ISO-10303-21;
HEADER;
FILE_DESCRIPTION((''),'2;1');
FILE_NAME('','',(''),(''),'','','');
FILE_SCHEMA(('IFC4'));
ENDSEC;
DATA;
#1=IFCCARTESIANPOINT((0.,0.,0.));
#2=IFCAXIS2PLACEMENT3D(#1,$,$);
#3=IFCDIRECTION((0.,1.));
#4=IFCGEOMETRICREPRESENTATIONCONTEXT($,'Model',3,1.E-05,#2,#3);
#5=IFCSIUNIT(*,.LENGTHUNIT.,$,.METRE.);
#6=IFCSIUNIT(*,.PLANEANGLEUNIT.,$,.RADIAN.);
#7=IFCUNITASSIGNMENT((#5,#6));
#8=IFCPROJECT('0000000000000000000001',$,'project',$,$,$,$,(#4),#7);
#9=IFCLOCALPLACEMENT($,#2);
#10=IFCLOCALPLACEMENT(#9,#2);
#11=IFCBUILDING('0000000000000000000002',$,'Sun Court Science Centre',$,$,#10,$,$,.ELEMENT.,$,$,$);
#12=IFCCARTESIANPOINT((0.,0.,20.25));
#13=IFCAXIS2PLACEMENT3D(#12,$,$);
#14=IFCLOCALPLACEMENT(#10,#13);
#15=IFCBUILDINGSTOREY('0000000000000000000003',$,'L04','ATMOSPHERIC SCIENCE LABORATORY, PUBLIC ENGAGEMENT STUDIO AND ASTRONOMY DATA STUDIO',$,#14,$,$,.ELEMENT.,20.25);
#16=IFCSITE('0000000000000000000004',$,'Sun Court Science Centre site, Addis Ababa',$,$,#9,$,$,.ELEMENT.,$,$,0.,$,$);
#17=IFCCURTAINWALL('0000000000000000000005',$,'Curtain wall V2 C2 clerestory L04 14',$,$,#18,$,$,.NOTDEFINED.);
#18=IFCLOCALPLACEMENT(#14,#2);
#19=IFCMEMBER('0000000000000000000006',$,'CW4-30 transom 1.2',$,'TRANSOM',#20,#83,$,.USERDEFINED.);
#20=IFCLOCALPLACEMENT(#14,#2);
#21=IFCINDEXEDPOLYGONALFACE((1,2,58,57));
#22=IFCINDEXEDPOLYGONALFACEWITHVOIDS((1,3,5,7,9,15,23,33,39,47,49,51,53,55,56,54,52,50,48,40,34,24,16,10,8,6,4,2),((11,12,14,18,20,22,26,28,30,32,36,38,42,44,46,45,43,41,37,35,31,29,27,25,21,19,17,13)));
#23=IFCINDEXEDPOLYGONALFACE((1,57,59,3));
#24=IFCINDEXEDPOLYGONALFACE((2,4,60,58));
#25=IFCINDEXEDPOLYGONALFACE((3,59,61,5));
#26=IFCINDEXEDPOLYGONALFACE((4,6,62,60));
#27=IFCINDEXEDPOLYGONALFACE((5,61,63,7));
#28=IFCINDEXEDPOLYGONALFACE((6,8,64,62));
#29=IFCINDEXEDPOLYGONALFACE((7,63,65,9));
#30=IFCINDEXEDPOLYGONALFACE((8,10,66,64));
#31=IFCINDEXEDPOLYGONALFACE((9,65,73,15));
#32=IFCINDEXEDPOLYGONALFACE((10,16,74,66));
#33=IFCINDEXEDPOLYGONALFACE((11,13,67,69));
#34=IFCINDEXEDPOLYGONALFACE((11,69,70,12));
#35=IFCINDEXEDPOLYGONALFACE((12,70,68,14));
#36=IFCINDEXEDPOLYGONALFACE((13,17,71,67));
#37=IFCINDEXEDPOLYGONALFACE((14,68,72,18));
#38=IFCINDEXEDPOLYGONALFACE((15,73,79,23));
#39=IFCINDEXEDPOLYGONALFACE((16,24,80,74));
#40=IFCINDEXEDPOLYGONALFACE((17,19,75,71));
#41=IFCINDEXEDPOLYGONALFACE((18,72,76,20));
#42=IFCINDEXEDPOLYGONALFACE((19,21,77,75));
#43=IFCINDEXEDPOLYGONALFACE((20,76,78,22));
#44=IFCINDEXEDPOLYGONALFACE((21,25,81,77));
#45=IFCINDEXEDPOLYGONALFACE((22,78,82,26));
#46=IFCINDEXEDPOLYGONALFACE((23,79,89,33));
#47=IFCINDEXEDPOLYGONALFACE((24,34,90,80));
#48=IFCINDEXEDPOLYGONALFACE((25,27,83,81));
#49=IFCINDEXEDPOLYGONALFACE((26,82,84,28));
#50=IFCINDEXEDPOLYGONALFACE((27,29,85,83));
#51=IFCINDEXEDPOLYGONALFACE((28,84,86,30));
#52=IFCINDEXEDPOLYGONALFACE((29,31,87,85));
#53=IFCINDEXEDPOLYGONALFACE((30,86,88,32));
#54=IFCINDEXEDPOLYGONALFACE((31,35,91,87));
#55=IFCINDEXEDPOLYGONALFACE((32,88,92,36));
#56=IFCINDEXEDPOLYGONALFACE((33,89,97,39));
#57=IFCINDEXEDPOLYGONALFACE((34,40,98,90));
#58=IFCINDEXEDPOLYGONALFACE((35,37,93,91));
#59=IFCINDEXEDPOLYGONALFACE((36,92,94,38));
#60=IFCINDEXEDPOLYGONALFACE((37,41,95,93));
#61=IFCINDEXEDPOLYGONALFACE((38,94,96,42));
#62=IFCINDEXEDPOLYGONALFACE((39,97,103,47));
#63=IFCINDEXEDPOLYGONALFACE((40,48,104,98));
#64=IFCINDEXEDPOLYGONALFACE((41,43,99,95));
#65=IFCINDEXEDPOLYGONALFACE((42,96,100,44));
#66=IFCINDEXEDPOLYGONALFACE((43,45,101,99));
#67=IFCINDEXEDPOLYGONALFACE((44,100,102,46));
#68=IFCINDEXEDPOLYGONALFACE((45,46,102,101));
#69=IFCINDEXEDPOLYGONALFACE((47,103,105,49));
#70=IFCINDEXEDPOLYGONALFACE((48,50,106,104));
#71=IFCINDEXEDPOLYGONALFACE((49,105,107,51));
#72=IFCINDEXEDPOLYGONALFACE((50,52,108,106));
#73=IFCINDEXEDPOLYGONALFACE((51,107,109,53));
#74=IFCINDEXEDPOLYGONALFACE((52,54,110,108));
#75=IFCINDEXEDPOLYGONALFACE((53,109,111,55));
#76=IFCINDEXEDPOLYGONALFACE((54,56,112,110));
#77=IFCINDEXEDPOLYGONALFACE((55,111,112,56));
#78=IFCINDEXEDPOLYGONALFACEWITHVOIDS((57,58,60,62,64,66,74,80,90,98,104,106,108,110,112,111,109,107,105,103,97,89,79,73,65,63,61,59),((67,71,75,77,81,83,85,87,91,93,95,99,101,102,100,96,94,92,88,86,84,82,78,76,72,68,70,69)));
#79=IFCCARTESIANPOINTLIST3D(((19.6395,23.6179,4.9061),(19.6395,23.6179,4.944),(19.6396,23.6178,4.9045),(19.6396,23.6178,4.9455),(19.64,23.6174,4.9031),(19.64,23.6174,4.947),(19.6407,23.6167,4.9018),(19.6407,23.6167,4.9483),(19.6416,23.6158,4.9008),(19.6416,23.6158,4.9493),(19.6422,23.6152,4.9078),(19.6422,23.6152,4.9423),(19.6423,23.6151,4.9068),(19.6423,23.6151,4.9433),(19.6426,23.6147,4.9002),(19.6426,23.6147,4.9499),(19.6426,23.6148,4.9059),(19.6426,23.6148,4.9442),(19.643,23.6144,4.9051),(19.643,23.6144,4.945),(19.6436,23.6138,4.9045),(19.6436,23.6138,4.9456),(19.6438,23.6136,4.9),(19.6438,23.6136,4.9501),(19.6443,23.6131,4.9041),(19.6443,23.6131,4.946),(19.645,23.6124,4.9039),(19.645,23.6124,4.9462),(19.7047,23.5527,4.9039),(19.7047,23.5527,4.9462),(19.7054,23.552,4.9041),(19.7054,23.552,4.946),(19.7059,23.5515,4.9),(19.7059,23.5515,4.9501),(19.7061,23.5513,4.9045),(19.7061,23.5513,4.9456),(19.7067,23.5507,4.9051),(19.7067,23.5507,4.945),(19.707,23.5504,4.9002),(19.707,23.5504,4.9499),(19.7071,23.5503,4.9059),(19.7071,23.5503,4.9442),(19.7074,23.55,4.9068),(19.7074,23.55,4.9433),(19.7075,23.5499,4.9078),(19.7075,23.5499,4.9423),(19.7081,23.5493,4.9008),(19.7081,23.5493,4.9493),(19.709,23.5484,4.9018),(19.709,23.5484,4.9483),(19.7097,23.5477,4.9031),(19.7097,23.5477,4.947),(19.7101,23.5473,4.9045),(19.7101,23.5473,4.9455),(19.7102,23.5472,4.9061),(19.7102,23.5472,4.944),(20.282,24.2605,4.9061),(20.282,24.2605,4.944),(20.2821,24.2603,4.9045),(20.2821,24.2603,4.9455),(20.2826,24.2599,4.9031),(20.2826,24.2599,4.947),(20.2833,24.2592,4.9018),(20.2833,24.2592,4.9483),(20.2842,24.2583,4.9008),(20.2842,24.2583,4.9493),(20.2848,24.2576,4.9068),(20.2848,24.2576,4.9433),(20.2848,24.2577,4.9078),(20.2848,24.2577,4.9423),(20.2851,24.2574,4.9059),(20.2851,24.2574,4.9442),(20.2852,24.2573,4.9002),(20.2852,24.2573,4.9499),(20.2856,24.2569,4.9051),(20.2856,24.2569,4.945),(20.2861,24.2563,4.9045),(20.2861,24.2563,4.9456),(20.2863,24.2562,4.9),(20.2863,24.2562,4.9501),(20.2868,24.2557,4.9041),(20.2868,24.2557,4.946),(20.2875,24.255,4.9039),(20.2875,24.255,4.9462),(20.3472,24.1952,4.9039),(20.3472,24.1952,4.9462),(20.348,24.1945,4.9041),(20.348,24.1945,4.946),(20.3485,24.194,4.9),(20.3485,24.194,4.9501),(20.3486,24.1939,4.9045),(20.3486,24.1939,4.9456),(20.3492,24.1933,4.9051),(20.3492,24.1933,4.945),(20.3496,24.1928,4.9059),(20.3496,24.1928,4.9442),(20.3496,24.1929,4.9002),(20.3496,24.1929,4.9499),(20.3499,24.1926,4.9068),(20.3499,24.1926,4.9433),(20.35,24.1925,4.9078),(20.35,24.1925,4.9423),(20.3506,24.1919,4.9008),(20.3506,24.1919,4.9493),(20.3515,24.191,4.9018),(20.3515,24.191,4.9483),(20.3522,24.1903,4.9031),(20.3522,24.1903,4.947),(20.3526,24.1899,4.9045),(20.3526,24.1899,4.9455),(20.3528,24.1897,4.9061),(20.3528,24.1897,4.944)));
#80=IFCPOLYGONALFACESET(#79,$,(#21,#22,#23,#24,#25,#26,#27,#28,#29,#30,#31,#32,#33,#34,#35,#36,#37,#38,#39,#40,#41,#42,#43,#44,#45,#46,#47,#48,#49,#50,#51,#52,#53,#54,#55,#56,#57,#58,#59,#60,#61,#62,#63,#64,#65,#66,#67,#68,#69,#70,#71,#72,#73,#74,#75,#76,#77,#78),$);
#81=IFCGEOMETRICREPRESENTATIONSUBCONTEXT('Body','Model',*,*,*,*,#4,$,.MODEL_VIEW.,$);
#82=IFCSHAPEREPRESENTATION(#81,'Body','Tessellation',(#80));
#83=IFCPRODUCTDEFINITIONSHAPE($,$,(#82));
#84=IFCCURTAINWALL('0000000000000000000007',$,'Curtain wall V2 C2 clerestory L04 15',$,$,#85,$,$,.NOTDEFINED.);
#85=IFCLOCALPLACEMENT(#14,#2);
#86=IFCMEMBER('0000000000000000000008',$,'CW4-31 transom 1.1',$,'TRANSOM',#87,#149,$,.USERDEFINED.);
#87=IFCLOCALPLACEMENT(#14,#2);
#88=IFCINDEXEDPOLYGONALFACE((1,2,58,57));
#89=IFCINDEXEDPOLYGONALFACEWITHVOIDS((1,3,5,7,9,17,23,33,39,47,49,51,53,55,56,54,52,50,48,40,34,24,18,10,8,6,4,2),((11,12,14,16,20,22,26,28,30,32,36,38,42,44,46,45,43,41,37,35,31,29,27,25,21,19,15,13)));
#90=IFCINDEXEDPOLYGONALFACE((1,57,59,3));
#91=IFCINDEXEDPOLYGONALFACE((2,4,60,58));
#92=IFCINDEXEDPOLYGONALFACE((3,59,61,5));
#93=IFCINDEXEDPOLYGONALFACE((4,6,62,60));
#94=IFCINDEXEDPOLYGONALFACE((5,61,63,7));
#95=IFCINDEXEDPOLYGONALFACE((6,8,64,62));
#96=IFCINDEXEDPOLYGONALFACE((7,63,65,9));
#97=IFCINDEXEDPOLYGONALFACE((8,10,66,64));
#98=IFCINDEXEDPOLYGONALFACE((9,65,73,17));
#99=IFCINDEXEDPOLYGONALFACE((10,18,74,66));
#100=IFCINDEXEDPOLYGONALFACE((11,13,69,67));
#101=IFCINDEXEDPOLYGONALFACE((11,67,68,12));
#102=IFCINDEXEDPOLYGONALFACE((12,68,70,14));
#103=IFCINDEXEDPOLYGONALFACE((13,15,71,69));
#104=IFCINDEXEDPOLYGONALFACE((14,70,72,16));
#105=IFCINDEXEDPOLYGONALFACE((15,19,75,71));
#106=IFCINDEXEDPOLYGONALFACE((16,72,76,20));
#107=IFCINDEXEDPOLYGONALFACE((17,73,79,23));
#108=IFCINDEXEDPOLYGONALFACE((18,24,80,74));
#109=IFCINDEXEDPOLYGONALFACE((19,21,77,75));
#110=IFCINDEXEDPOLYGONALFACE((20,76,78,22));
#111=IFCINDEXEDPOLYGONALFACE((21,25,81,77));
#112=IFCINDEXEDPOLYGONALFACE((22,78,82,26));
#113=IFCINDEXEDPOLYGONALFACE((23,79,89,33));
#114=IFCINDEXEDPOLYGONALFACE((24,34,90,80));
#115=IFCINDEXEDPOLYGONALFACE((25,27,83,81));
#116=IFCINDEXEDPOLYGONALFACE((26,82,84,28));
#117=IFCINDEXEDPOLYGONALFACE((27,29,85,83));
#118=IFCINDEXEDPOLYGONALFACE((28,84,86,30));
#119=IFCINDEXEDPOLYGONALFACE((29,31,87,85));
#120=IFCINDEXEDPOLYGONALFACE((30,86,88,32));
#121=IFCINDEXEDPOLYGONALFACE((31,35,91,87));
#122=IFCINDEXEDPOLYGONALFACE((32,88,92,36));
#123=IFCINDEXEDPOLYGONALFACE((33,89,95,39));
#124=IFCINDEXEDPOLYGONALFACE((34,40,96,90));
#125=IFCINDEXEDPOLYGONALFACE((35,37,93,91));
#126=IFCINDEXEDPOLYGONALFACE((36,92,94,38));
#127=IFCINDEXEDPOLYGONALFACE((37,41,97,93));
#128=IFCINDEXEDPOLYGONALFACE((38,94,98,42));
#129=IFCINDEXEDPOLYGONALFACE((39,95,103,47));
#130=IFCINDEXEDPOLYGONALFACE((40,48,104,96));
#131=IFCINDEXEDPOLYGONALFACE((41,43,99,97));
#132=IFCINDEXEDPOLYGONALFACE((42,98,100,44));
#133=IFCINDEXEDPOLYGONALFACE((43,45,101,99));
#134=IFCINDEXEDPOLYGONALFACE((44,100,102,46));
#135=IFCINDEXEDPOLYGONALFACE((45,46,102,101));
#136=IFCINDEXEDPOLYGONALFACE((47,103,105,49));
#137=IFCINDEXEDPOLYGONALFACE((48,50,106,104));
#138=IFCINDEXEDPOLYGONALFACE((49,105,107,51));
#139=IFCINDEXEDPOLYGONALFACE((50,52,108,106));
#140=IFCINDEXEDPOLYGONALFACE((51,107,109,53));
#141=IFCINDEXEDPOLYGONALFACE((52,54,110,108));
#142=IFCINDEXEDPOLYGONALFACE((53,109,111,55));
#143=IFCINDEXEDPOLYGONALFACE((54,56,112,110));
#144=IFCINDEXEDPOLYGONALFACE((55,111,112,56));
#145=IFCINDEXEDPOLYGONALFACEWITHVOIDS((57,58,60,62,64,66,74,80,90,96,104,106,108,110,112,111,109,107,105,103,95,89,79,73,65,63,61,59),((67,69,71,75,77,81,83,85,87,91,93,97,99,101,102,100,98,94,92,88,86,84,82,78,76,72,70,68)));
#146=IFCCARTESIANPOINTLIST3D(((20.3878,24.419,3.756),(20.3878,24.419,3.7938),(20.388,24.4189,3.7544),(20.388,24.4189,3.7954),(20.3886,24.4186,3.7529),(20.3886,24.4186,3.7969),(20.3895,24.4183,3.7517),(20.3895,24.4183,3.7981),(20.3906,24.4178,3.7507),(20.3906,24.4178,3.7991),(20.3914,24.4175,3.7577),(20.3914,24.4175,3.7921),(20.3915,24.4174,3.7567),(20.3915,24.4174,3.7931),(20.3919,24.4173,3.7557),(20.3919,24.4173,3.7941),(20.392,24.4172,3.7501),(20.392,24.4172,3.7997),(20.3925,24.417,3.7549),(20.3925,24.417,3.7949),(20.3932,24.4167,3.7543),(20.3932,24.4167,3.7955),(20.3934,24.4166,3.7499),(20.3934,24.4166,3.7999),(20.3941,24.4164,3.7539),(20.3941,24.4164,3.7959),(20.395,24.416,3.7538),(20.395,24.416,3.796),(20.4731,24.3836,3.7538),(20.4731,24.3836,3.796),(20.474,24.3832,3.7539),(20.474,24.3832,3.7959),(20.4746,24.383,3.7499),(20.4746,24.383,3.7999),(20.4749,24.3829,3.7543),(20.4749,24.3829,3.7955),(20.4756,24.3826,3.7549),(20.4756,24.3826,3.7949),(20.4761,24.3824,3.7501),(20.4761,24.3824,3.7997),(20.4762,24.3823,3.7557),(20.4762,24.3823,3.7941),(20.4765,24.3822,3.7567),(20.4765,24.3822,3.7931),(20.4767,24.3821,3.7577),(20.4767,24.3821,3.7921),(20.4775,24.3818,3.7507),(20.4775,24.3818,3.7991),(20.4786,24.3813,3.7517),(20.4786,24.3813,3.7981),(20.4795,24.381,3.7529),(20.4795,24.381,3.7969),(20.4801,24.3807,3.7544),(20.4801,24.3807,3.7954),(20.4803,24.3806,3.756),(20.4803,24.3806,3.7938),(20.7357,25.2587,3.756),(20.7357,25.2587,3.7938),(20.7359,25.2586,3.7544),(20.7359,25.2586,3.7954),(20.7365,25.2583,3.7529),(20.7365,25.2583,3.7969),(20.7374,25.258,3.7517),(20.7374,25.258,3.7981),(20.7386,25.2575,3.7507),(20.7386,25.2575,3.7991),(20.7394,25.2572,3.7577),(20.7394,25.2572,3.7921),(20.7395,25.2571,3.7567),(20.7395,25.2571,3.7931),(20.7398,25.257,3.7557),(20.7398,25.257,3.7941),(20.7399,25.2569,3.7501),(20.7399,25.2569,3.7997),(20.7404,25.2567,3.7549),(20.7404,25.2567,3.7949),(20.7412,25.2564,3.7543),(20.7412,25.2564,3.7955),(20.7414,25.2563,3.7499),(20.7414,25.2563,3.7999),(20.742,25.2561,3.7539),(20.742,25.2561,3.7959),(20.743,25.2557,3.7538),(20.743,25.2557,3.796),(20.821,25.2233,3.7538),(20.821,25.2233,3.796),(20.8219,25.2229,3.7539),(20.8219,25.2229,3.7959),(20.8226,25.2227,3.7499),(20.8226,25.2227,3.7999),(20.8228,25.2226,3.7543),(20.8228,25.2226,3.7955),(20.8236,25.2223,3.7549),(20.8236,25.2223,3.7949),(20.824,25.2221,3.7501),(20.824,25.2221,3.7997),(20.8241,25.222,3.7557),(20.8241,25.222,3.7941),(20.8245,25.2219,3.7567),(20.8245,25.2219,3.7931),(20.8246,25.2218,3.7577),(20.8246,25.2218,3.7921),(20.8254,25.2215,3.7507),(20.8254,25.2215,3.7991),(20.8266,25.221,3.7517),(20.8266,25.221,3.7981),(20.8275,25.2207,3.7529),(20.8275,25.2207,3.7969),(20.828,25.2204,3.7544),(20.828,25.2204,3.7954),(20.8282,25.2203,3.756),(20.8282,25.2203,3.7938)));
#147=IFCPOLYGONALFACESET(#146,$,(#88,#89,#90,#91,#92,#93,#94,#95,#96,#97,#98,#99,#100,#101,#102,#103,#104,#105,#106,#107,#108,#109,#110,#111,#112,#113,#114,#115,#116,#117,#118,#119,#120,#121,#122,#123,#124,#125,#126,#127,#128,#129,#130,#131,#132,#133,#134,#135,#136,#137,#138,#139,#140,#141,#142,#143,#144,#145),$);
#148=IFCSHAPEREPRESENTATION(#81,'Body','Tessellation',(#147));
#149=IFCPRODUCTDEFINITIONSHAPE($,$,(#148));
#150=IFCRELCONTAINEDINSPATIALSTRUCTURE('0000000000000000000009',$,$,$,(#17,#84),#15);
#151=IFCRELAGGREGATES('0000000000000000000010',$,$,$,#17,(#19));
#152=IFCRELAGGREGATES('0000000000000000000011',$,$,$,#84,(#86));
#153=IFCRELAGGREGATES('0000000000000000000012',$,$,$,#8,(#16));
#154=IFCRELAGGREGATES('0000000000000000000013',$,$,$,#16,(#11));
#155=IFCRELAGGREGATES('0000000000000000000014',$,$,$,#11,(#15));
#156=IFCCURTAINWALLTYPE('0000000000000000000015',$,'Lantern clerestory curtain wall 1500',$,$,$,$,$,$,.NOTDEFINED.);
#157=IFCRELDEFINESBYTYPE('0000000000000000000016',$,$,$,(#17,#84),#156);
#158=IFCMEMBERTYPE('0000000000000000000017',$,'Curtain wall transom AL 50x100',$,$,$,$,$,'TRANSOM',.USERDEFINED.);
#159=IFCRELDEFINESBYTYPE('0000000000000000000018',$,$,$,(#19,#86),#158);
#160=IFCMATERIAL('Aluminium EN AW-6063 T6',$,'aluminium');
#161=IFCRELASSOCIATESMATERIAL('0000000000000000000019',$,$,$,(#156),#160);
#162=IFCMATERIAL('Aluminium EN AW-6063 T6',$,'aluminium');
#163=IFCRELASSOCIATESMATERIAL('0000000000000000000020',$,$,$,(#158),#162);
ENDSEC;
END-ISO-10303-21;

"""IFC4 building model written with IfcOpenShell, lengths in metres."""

from ifc_helpers import new_model, si_unit, direction, frame, origin, origin_2d, place, context, subcontext, project, spatial, hollow_rectangle, extrude, material, material_profile, profile_set, type_object, element, aggregate, save


model = new_model("IFC4")

# Units and contexts
model_context = context("Model", 3, precision=1e-05, world=origin(), true_north=direction((0.0, 1.0)))
body_context = subcontext(model_context, "Body", "Model", "MODEL_VIEW")
ifc_project = project(units=[si_unit("LENGTHUNIT", "METRE"), si_unit("PLANEANGLEUNIT", "RADIAN")], contexts=[model_context])

# Site, building, storey
site_placement = place(None, origin())
site = spatial("IfcSite", under=ifc_project, at=site_placement, Name="Sun Court Science Centre site, Addis Ababa", CompositionType="ELEMENT", RefElevation=0.0)
building_placement = place(site_placement, origin())
building = spatial("IfcBuilding", under=site, at=building_placement, Name="Sun Court Science Centre", CompositionType="ELEMENT")
storey_placement = place(building_placement, frame((0.0, 0.0, 20.25)))
storey = spatial("IfcBuildingStorey", under=building, at=storey_placement, Name="L04", Description="ATMOSPHERIC SCIENCE LABORATORY, PUBLIC ENGAGEMENT STUDIO AND ASTRONOMY DATA STUDIO", CompositionType="ELEMENT", Elevation=20.25)

# Shared definitions
ifc_material_1 = material(Name="Aluminium EN AW-6063 T6", Category="aluminium")
curtain_wall_type = type_object("IfcCurtainWallType", Name="Lantern clerestory curtain wall 1500", PredefinedType="NOTDEFINED", material=ifc_material_1)

# Curtain walls, members
ifc_material_2 = material(Name="Aluminium EN AW-6063 T6", Category="aluminium")
ifc_material_profile_1 = material_profile(ifc_material_2, hollow_rectangle(XDim=0.05, YDim=0.1001, WallThickness=0.0039, InnerFilletRadius=0.0039, OuterFilletRadius=0.0061, at=origin_2d()), Name="AL 50x100x4")
ifc_profile_set_1 = profile_set([ifc_material_profile_1], Name="Aluminium EN AW-6063 T6")
member_type_1 = type_object("IfcMemberType", Name="Curtain wall transom AL 50x100", ElementType="TRANSOM", PredefinedType="USERDEFINED", material=ifc_profile_set_1)
curtain_wall_1_placement = place(storey_placement, origin())
curtain_wall_1 = element("IfcCurtainWall", 1, at=curtain_wall_1_placement, inside=storey, type_object=curtain_wall_type, Name="Curtain wall V2 C2 clerestory L04 14", PredefinedType="NOTDEFINED")
member_1_placement = place(storey_placement, frame((20.3174, 24.2251, 4.925), z_axis=(-0.707107, -0.707107, 0.0), x_axis=(0.0, 0.0, 1.0)))
member_1 = element("IfcMember", 2, at=member_1_placement, type_object=member_type_1, Name="CW4-30 transom 1.2", ObjectType="TRANSOM", PredefinedType="USERDEFINED", context=body_context, shape_type="SweptSolid", body=[
    extrude(hollow_rectangle(XDim=0.05, YDim=0.1001, WallThickness=0.0039, InnerFilletRadius=0.0039, OuterFilletRadius=0.0061, at=origin_2d()), origin(), (0.0, 0.0, 1.0), 0.9087),
])
curtain_wall_2_placement = place(storey_placement, origin())
curtain_wall_2 = element("IfcCurtainWall", 3, at=curtain_wall_2_placement, inside=storey, type_object=curtain_wall_type, Name="Curtain wall V2 C2 clerestory L04 15", PredefinedType="NOTDEFINED")
member_2_placement = place(storey_placement, frame((20.782, 25.2395, 3.7749), z_axis=(-0.382803, -0.92383, 0.0), x_axis=(0.0, 0.0, 1.0)))
member_2 = element("IfcMember", 4, at=member_2_placement, type_object=member_type_1, Name="CW4-31 transom 1.1", ObjectType="TRANSOM", PredefinedType="USERDEFINED", context=body_context, shape_type="SweptSolid", body=[
    extrude(hollow_rectangle(XDim=0.05, YDim=0.1001, WallThickness=0.0039, InnerFilletRadius=0.0039, OuterFilletRadius=0.0061, at=origin_2d()), origin(), (0.0, 0.0, 1.0), 0.9089),
])

aggregate(curtain_wall_1, [member_1])
aggregate(curtain_wall_2, [member_2])

save(model, "model.ifc")
